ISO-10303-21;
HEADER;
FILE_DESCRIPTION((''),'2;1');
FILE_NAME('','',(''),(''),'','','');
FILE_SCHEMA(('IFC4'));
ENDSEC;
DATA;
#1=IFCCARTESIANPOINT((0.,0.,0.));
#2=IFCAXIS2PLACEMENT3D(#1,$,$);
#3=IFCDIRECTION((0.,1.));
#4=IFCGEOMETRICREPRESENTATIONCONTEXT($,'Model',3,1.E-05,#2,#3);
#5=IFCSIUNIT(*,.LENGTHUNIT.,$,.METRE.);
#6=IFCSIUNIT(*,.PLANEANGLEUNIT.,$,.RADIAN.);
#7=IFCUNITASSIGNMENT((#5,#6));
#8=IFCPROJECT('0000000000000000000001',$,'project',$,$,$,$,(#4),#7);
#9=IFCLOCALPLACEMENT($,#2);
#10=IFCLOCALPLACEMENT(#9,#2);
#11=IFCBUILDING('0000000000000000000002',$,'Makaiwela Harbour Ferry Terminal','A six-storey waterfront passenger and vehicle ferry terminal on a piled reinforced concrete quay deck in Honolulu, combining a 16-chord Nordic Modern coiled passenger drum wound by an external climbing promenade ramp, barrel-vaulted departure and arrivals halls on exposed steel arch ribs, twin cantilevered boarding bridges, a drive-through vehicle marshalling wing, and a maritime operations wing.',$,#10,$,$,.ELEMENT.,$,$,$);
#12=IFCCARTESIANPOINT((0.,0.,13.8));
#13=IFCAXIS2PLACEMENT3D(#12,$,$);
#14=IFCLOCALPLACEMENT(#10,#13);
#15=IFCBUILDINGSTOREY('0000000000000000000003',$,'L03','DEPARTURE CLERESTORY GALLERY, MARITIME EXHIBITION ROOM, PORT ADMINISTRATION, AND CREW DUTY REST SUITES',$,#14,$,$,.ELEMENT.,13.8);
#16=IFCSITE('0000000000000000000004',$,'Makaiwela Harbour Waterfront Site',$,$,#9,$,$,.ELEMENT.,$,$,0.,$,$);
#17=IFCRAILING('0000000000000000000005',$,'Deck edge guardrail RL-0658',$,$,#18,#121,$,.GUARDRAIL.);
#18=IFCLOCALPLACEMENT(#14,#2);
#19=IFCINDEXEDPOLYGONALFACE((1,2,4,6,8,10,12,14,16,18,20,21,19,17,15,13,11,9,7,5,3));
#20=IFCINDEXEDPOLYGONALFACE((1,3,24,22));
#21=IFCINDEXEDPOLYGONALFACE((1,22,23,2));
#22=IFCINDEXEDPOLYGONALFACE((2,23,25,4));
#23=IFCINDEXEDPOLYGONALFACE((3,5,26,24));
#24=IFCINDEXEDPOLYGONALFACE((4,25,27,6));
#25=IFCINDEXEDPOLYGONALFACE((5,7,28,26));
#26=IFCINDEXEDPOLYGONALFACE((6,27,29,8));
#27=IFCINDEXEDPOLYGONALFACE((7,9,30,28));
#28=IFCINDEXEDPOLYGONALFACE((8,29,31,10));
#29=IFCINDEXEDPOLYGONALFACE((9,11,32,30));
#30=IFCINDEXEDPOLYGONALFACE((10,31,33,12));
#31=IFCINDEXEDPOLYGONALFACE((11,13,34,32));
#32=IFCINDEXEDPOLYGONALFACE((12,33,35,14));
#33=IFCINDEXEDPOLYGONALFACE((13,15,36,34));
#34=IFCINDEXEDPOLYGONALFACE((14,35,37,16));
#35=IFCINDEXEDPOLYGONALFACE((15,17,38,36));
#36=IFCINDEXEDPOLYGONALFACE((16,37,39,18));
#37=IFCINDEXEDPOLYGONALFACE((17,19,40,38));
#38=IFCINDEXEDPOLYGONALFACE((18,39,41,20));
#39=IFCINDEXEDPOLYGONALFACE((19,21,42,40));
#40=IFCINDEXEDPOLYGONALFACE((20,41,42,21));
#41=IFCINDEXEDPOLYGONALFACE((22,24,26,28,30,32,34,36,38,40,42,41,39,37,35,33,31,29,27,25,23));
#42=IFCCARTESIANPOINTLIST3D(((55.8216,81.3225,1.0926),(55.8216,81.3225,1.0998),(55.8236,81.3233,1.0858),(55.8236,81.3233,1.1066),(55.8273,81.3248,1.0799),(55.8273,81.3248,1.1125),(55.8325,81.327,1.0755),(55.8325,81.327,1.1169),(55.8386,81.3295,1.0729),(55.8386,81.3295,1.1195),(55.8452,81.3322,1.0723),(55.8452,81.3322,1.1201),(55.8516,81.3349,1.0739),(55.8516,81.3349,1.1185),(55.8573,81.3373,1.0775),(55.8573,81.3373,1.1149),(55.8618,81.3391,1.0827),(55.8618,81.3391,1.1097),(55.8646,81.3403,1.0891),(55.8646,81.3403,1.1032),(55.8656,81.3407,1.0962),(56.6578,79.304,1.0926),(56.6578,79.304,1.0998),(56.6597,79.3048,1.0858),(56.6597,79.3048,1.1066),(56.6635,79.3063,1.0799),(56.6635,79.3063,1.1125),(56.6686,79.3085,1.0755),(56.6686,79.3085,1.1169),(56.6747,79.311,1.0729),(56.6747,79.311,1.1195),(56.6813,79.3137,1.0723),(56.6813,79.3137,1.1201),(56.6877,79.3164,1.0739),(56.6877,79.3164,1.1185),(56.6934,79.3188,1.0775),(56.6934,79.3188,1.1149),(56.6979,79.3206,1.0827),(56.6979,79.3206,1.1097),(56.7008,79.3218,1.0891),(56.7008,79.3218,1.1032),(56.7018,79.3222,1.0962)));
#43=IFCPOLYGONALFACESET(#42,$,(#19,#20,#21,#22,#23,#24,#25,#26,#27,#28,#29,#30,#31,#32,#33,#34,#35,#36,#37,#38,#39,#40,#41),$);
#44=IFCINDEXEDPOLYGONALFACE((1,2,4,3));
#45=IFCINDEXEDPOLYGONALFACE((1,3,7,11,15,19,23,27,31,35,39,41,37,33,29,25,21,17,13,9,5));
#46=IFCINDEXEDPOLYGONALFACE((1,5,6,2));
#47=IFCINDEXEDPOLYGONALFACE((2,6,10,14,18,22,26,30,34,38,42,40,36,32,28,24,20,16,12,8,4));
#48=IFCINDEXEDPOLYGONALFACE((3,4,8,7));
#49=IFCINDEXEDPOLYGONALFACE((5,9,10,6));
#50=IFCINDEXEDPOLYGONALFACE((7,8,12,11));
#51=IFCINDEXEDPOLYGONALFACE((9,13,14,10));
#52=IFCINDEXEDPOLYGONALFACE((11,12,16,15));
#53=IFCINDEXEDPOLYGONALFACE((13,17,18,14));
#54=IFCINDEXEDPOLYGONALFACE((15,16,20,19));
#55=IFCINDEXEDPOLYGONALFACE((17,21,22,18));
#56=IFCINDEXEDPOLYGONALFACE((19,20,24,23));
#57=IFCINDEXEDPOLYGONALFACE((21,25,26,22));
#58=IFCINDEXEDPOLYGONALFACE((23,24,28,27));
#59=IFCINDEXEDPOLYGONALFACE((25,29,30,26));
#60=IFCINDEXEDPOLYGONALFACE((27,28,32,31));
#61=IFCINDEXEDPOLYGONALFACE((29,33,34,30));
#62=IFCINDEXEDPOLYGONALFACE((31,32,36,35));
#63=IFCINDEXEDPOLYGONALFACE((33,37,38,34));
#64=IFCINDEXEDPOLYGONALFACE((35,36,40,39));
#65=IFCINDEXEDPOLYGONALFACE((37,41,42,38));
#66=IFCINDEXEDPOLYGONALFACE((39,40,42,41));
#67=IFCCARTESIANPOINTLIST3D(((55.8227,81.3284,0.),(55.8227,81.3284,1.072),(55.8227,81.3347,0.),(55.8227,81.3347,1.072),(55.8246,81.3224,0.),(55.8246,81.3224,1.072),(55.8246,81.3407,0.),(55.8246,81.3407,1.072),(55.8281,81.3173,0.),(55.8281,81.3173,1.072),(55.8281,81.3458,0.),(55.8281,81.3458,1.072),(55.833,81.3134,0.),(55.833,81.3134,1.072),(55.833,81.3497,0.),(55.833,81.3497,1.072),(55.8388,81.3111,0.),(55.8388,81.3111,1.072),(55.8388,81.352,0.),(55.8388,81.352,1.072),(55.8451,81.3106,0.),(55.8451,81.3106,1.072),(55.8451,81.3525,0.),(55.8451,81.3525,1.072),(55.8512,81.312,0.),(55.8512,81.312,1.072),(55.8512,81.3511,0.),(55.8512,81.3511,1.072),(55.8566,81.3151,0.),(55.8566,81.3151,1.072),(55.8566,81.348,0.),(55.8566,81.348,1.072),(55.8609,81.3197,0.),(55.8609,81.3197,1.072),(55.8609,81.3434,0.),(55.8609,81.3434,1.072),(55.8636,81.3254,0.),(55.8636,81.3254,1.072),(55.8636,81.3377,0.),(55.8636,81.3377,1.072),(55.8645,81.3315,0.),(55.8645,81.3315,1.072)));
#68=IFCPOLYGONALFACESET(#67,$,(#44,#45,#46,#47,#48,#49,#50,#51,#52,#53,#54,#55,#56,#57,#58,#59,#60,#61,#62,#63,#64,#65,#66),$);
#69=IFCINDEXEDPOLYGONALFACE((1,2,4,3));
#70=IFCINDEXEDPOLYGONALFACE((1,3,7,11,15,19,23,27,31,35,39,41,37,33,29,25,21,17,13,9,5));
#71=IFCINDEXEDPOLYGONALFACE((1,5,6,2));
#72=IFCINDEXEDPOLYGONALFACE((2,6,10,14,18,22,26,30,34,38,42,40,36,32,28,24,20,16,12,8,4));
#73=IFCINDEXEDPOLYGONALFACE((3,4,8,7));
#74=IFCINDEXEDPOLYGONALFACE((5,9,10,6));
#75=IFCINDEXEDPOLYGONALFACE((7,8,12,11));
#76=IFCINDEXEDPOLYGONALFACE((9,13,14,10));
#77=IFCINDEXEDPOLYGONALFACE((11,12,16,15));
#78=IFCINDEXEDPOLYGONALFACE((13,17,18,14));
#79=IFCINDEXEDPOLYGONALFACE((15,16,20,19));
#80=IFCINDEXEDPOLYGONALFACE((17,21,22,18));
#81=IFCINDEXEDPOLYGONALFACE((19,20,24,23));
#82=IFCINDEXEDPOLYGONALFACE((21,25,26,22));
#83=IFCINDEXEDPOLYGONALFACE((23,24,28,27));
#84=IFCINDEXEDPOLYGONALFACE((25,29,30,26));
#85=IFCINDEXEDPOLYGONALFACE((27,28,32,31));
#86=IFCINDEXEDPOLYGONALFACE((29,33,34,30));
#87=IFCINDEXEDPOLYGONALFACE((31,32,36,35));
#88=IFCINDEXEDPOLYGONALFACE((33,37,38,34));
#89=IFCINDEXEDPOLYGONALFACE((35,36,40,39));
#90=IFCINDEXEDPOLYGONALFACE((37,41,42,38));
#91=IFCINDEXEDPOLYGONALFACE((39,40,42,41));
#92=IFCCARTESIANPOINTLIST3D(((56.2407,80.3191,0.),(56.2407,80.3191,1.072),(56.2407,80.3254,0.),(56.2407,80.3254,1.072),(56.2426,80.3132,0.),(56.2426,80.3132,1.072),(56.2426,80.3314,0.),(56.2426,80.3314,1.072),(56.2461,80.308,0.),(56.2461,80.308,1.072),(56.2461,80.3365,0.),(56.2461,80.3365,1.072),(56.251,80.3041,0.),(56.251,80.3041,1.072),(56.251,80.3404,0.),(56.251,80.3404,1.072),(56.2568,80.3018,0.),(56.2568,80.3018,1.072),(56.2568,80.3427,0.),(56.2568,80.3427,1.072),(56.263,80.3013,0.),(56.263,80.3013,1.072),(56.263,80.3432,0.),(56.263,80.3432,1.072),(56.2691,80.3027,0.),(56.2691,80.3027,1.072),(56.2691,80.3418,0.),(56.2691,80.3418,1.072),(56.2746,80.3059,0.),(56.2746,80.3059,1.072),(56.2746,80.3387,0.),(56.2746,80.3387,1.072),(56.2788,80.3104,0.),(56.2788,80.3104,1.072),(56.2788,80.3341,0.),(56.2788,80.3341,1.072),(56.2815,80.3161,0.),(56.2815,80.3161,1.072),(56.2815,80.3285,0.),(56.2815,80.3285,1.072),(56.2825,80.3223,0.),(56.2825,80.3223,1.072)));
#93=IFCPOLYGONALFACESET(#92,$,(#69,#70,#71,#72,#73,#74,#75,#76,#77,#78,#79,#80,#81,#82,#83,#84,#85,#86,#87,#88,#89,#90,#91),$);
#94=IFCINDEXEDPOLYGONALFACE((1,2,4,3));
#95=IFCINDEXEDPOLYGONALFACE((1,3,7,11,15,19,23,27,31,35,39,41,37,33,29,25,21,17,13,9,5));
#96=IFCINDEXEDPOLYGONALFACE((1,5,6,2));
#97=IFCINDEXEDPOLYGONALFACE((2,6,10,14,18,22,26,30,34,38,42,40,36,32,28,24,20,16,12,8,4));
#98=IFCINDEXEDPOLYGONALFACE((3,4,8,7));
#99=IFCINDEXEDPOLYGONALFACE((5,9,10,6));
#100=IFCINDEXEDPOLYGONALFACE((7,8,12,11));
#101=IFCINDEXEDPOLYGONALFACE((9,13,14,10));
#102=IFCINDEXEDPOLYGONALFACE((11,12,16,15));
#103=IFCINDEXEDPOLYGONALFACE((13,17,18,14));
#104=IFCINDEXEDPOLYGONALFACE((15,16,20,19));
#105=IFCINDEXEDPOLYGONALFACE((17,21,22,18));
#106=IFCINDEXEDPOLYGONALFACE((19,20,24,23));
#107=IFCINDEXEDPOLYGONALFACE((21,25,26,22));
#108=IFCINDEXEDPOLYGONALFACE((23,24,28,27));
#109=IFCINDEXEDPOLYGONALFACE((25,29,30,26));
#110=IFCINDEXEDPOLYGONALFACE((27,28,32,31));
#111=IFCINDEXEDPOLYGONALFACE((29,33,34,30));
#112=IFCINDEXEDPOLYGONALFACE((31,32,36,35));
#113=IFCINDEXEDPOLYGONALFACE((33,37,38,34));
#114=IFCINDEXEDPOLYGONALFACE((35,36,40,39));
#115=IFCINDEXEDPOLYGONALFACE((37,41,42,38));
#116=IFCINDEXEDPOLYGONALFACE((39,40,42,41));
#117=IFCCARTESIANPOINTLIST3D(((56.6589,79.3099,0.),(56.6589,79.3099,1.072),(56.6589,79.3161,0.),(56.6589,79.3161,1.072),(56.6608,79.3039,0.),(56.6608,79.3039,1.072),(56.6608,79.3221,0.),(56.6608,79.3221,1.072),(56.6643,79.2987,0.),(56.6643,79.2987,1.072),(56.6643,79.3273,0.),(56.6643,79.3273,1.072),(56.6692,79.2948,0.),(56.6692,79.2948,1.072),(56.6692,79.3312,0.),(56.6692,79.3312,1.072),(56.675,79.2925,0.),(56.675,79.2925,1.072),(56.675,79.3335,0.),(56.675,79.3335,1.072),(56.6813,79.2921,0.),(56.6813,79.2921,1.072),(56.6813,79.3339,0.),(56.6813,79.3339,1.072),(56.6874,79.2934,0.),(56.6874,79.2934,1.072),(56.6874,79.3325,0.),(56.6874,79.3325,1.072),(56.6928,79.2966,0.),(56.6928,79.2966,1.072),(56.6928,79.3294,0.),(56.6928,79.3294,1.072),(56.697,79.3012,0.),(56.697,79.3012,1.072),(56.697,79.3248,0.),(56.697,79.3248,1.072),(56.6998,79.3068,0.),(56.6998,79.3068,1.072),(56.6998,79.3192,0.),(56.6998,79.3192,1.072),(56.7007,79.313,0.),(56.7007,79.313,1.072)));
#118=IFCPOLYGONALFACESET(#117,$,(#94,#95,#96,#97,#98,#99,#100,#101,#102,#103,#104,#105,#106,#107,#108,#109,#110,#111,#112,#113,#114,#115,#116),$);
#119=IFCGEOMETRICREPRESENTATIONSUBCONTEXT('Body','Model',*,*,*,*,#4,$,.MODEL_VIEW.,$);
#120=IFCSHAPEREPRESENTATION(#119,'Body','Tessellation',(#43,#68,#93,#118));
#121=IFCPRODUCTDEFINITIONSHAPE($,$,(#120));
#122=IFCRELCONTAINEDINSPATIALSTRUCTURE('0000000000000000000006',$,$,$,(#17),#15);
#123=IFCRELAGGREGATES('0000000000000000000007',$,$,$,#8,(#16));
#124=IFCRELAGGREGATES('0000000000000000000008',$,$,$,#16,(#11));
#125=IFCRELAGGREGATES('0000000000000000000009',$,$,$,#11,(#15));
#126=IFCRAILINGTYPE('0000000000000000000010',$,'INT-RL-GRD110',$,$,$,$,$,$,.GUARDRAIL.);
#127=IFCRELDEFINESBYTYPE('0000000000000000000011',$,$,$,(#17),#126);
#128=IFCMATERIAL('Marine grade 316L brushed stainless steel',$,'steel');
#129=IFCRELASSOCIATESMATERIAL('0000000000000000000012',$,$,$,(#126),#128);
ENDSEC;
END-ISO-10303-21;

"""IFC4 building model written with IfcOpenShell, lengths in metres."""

from ifc_helpers import new_model, si_unit, direction, frame, origin, origin_2d, place, context, subcontext, project, spatial, circle, extrude, material, type_object, element, save


model = new_model("IFC4")

# Units and contexts
model_context = context("Model", 3, precision=1e-05, world=origin(), true_north=direction((0.0, 1.0)))
body_context = subcontext(model_context, "Body", "Model", "MODEL_VIEW")
ifc_project = project(units=[si_unit("LENGTHUNIT", "METRE"), si_unit("PLANEANGLEUNIT", "RADIAN")], contexts=[model_context])

# Site, building, storey
site_placement = place(None, origin())
site = spatial("IfcSite", under=ifc_project, at=site_placement, Name="Makaiwela Harbour Waterfront Site", CompositionType="ELEMENT", RefElevation=0.0)
building_placement = place(site_placement, origin())
building = spatial("IfcBuilding", under=site, at=building_placement, Name="Makaiwela Harbour Ferry Terminal", Description="A six-storey waterfront passenger and vehicle ferry terminal on a piled reinforced concrete quay deck in Honolulu, combining a 16-chord Nordic Modern coiled passenger drum wound by an external climbing promenade ramp, barrel-vaulted departure and arrivals halls on exposed steel arch ribs, twin cantilevered boarding bridges, a drive-through vehicle marshalling wing, and a maritime operations wing.", CompositionType="ELEMENT")
storey_placement = place(building_placement, frame((0.0, 0.0, 13.8)))
storey = spatial("IfcBuildingStorey", under=building, at=storey_placement, Name="L03", Description="DEPARTURE CLERESTORY GALLERY, MARITIME EXHIBITION ROOM, PORT ADMINISTRATION, AND CREW DUTY REST SUITES", CompositionType="ELEMENT", Elevation=13.8)

# Railing
ifc_material_1 = material(Name="Marine grade 316L brushed stainless steel", Category="steel")
railing_type = type_object("IfcRailingType", Name="INT-RL-GRD110", PredefinedType="GUARDRAIL", material=ifc_material_1)
railing_1_placement = place(storey_placement, frame((55.8435, 81.3315, 0.0)))
element("IfcRailing", 1, at=railing_1_placement, inside=storey, type_object=railing_type, Name="Deck edge guardrail RL-0658", PredefinedType="GUARDRAIL", context=body_context, shape_type="SweptSolid", body=[
    extrude(circle(Radius=0.0239, at=origin_2d()), frame((0.0, 0.0, 1.0962), z_axis=(0.38271, -0.923868, 0.0), x_axis=(0.923868, 0.38271, 0.0)), (0.0, 0.0, 1.0), 2.1848),
    extrude(circle(Radius=0.021, at=origin_2d()), origin(), (0.0, 0.0, 1.0), 1.072),
    extrude(circle(Radius=0.021, at=origin_2d()), frame((0.418, -1.0093, 0.0)), (0.0, 0.0, 1.0), 1.072),
    extrude(circle(Radius=0.021, at=origin_2d()), frame((0.8362, -2.0186, 0.0)), (0.0, 0.0, 1.0), 1.072),
])

save(model, "model.ifc")
